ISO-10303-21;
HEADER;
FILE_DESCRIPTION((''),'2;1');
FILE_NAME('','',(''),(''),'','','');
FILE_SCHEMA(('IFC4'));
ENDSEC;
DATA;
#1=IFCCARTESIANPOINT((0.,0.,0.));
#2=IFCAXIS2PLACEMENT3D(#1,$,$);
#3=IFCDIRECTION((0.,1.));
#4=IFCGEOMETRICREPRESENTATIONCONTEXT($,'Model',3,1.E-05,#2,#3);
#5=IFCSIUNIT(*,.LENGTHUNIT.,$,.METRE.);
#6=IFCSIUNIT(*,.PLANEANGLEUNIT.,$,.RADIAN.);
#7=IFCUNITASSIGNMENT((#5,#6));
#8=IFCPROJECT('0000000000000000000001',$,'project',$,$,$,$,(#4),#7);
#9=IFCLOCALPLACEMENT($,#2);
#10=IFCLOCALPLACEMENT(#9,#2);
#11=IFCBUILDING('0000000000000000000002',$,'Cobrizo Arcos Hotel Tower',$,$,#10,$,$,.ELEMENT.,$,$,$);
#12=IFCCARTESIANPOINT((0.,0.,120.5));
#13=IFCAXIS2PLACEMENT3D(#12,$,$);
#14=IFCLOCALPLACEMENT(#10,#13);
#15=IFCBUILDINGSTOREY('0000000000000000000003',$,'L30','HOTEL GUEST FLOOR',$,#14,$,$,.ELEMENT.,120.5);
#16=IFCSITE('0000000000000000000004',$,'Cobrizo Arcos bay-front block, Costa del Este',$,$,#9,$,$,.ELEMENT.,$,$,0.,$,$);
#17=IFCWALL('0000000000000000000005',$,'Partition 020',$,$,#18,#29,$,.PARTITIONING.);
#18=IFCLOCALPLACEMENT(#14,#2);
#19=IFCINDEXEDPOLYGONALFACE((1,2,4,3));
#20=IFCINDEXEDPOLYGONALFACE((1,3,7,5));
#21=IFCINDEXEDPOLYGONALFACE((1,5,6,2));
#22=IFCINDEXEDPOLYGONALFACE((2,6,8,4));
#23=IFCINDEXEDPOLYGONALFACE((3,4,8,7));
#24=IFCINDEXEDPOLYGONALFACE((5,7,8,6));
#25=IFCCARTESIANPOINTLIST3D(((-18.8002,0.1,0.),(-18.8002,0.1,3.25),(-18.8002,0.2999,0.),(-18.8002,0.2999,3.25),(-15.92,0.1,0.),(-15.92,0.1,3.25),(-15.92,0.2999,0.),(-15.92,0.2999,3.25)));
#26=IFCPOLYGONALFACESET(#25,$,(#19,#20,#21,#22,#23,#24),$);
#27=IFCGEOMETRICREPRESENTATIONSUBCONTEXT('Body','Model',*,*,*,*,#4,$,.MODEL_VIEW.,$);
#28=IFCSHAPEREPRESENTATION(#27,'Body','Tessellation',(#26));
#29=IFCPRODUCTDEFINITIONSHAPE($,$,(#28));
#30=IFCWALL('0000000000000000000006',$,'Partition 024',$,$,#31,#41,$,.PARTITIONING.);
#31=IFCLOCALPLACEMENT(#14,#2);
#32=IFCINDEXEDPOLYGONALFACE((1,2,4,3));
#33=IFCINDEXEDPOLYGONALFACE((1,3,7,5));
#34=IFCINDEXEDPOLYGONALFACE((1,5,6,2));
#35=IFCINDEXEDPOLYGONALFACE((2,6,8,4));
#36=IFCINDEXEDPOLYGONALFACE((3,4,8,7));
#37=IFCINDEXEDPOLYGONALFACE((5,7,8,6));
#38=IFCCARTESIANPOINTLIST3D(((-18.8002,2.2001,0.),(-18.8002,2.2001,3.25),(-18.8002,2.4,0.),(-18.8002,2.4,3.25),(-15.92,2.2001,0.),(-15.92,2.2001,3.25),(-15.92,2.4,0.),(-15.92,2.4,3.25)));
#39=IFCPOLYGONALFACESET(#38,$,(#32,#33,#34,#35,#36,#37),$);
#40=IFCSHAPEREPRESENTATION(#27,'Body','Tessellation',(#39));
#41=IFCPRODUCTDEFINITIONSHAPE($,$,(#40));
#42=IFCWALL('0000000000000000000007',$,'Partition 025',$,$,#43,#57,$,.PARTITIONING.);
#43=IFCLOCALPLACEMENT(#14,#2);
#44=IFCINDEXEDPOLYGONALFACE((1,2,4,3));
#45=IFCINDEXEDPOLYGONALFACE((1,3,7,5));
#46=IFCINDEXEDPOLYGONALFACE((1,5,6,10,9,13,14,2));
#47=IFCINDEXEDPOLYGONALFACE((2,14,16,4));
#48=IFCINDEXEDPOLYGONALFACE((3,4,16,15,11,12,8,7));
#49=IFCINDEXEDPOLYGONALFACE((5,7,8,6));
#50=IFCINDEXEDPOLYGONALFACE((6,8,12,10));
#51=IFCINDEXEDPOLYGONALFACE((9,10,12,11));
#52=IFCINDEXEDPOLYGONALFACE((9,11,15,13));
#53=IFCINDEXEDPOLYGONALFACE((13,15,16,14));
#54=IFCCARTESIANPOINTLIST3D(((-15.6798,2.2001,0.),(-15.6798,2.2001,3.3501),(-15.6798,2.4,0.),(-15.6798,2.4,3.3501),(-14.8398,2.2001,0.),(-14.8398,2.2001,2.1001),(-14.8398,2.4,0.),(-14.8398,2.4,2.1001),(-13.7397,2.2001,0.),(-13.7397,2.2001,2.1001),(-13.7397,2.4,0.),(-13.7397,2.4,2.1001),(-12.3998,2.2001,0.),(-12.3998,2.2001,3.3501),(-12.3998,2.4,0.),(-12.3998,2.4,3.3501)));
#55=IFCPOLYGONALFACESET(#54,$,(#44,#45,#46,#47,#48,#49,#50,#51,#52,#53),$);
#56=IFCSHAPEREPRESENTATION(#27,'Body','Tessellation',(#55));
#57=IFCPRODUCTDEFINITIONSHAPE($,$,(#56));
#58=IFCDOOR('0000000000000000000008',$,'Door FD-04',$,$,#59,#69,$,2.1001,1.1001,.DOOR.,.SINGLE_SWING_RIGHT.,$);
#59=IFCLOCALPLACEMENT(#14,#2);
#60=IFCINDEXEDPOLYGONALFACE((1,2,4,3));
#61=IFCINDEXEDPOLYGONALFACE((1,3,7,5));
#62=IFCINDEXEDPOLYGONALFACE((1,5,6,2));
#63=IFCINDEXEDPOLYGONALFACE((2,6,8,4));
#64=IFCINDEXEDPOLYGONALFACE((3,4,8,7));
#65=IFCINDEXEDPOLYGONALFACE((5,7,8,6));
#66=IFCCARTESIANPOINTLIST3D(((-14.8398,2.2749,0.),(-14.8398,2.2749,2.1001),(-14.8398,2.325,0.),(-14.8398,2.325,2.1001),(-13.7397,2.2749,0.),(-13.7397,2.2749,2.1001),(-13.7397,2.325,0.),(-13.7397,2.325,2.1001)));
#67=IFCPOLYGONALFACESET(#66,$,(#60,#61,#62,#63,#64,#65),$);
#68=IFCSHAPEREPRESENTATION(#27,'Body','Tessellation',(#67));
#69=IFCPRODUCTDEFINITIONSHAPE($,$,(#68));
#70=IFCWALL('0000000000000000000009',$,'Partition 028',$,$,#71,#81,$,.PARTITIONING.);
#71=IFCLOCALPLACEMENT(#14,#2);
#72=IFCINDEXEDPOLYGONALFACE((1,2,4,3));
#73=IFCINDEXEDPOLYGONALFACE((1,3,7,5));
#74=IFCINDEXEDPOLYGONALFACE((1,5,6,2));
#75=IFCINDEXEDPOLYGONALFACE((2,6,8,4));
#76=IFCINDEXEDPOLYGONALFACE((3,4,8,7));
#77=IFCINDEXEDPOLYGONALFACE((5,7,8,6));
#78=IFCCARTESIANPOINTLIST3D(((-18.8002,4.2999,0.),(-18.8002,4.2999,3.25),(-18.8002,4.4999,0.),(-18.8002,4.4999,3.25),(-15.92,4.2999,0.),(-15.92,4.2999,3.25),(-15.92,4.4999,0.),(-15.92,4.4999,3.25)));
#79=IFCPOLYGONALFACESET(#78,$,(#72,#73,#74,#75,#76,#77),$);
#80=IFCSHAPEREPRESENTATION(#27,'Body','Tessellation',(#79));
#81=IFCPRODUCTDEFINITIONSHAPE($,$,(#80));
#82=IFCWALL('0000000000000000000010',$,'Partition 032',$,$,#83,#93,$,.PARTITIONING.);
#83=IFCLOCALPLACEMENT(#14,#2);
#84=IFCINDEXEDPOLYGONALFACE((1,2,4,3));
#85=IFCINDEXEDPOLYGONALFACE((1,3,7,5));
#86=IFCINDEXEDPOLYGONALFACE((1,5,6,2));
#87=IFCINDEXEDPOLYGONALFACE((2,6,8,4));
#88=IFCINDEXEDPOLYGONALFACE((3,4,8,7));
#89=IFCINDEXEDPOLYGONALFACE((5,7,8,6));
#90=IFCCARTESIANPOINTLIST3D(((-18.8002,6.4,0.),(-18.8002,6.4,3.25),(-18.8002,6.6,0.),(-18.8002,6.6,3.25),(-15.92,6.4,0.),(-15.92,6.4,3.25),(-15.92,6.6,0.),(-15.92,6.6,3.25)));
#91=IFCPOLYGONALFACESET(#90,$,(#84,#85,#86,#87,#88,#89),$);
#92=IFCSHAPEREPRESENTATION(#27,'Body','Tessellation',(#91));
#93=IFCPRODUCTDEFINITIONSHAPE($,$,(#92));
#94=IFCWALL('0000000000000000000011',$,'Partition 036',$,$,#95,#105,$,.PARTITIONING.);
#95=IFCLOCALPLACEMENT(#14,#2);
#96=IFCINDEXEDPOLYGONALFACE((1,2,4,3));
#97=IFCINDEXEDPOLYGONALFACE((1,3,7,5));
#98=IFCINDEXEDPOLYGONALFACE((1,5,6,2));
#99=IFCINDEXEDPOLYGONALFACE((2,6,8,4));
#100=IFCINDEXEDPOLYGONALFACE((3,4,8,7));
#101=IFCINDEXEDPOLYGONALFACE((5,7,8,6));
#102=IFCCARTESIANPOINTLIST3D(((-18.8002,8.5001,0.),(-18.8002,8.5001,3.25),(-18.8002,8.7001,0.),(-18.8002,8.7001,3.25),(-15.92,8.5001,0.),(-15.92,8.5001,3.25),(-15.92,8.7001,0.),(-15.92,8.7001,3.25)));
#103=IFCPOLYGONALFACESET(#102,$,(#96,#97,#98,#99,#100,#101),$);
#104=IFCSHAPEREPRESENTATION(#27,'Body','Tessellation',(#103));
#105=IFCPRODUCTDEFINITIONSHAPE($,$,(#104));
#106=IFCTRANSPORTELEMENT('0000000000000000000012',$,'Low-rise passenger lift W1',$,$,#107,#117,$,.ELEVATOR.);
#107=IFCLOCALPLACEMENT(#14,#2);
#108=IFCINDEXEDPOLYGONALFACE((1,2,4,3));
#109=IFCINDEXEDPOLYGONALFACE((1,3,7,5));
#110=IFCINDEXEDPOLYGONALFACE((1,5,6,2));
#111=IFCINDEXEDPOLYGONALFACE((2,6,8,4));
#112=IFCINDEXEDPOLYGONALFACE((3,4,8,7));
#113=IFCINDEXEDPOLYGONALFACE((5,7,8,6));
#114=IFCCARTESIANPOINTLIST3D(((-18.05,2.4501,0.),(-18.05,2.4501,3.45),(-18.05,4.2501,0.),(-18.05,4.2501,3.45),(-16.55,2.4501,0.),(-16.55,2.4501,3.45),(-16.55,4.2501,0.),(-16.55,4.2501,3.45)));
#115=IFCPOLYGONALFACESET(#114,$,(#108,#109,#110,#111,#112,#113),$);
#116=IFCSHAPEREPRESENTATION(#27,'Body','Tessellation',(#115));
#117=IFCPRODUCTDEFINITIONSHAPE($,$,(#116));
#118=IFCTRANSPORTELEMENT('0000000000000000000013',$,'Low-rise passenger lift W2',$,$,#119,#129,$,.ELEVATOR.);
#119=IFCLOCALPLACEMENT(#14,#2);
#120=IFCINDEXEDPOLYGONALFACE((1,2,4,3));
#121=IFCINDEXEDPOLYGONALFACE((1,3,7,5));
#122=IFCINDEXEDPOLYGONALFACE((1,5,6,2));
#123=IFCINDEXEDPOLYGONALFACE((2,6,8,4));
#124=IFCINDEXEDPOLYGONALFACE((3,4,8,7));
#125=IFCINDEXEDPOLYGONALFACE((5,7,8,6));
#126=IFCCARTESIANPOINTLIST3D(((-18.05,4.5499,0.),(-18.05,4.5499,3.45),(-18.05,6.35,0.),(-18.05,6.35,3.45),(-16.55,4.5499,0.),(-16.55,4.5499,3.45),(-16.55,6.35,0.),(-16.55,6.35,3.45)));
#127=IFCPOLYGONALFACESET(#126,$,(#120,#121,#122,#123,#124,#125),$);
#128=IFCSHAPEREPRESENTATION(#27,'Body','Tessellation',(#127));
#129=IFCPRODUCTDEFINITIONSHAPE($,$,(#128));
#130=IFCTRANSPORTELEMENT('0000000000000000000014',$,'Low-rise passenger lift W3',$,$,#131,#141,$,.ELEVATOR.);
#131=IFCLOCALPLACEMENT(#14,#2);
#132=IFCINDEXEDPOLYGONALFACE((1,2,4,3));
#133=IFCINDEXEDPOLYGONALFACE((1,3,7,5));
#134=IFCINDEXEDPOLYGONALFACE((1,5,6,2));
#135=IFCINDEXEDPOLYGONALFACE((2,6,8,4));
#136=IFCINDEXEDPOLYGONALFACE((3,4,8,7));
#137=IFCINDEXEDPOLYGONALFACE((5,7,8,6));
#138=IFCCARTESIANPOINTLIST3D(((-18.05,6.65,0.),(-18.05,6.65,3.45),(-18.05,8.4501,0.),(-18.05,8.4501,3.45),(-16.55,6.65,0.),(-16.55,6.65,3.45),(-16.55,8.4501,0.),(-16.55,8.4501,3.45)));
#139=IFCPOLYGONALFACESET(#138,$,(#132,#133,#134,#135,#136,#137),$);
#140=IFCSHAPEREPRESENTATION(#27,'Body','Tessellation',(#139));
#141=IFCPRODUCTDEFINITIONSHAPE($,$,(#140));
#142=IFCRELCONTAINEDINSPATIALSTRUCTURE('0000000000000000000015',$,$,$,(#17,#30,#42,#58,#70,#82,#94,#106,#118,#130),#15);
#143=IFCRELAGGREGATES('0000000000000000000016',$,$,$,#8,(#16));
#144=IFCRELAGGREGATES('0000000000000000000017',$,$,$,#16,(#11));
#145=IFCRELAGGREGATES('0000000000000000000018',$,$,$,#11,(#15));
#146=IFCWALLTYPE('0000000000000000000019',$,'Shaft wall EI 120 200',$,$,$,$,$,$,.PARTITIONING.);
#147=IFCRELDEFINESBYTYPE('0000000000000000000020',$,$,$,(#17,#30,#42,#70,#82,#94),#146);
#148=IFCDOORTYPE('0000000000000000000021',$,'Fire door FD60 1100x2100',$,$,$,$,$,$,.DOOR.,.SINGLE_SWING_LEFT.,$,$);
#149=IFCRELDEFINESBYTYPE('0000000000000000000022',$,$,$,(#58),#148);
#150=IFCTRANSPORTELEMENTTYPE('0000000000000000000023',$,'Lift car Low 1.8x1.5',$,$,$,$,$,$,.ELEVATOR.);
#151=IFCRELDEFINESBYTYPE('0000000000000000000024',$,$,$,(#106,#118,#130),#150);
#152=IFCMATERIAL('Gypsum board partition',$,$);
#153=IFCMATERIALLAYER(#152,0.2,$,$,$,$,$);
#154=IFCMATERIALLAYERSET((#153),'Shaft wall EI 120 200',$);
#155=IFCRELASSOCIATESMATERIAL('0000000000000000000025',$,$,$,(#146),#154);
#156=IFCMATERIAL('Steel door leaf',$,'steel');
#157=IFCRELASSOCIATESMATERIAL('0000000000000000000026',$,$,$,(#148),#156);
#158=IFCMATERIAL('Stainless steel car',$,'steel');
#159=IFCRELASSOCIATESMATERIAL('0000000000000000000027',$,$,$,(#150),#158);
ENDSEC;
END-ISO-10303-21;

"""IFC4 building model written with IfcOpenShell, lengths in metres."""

from ifc_helpers import new_model, si_unit, direction, frame, frame_2d, origin, origin_2d, place, context, subcontext, project, spatial, rectangle, extrude, material, layer, layer_set, type_object, element, fill, save


model = new_model("IFC4")

# Units and contexts
model_context = context("Model", 3, precision=1e-05, world=origin(), true_north=direction((0.0, 1.0)))
body_context = subcontext(model_context, "Body", "Model", "MODEL_VIEW")
ifc_project = project(units=[si_unit("LENGTHUNIT", "METRE"), si_unit("PLANEANGLEUNIT", "RADIAN")], contexts=[model_context])

# Site, building, storey
site_placement = place(None, origin())
site = spatial("IfcSite", under=ifc_project, at=site_placement, Name="Cobrizo Arcos bay-front block, Costa del Este", CompositionType="ELEMENT", RefElevation=0.0)
building_placement = place(site_placement, origin())
building = spatial("IfcBuilding", under=site, at=building_placement, Name="Cobrizo Arcos Hotel Tower", CompositionType="ELEMENT")
storey_placement = place(building_placement, frame((0.0, 0.0, 120.5)))
storey = spatial("IfcBuildingStorey", under=building, at=storey_placement, Name="L30", Description="HOTEL GUEST FLOOR", CompositionType="ELEMENT", Elevation=120.5)

# Shared definitions
ifc_material_1 = material(Name="Gypsum board partition")

# Walls
ifc_layer_1 = layer(ifc_material_1, 0.2)
ifc_layer_set_1 = layer_set([ifc_layer_1], Name="Shaft wall EI 120 200")
wall_type_1 = type_object("IfcWallType", Name="Shaft wall EI 120 200", PredefinedType="PARTITIONING", material=ifc_layer_set_1)
for number, where, z_axis, x_axis, name in (
    (1, (-18.8, 0.2, 0.0), (0.0, 0.0, 1.0), (1.0, 0.0, 0.0), "Partition 020"),
    (2, (-18.8, 2.3, 0.0), (0.0, 0.0, 1.0), (1.0, 0.0, 0.0), "Partition 024"),
):
    element("IfcWall", number, at=place(storey_placement, frame(where, z_axis=z_axis, x_axis=x_axis)), inside=storey, type_object=wall_type_1, Name=name, PredefinedType="PARTITIONING", context=body_context, shape_type="SweptSolid", body=[
        extrude(rectangle(XDim=2.8801, YDim=0.2, at=frame_2d((1.4399, 0.0))), origin(), (0.0, 0.0, 1.0), 3.25),
    ])

# Wall, opening, door
wall_1_placement = place(storey_placement, frame((-15.6799, 2.3, 0.0), z_axis=(0.0, 0.0, 1.0), x_axis=(1.0, 0.0, 0.0)))
wall_1 = element("IfcWall", 3, at=wall_1_placement, inside=storey, type_object=wall_type_1, Name="Partition 025", PredefinedType="PARTITIONING", context=body_context, shape_type="SweptSolid", body=[
    extrude(rectangle(XDim=3.28, YDim=0.2, at=frame_2d((1.6401, 0.0))), origin(), (0.0, 0.0, 1.0), 3.3501),
])
opening_1_placement = place(wall_1_placement, frame((0.8401, 0.0, 0.0)))
opening_1 = element("IfcOpeningElement", 4, at=opening_1_placement, cuts=wall_1, PredefinedType="OPENING", context=body_context, shape_type="SweptSolid", body=[
    extrude(rectangle(XDim=1.1001, YDim=2.1001, at=frame_2d((0.55, 1.05))), frame((0.0, 0.1121, 0.0), z_axis=(0.0, -1.0, 0.0), x_axis=(1.0, 0.0, 0.0)), (0.0, 0.0, 1.0), 0.2239),
])
ifc_material_2 = material(Name="Steel door leaf", Category="steel")
door_type_1 = type_object("IfcDoorType", Name="Fire door FD60 1100x2100", OperationType="SINGLE_SWING_LEFT", PredefinedType="DOOR", material=ifc_material_2)
door_1_placement = place(opening_1_placement, origin())
door_1 = element("IfcDoor", 5, at=door_1_placement, inside=storey, type_object=door_type_1, Name="Door FD-04", OperationType="SINGLE_SWING_RIGHT", OverallHeight=2.1001, OverallWidth=1.1001, PredefinedType="DOOR", context=body_context, shape_type="SweptSolid", body=[
    extrude(rectangle(XDim=1.1001, YDim=2.1001, at=frame_2d((0.55, 1.05))), frame((0.0, 0.0249, 0.0), z_axis=(0.0, -1.0, 0.0), x_axis=(1.0, 0.0, 0.0)), (0.0, 0.0, 1.0), 0.05),
])
fill(opening_1, door_1)

# Walls
for number, where, z_axis, x_axis, name in (
    (6, (-18.8, 4.3999, 0.0), (0.0, 0.0, 1.0), (1.0, 0.0, 0.0), "Partition 028"),
    (7, (-18.8, 6.5, 0.0), (0.0, 0.0, 1.0), (1.0, 0.0, 0.0), "Partition 032"),
    (8, (-18.8, 8.6001, 0.0), (0.0, 0.0, 1.0), (1.0, 0.0, 0.0), "Partition 036"),
):
    element("IfcWall", number, at=place(storey_placement, frame(where, z_axis=z_axis, x_axis=x_axis)), inside=storey, type_object=wall_type_1, Name=name, PredefinedType="PARTITIONING", context=body_context, shape_type="SweptSolid", body=[
        extrude(rectangle(XDim=2.8801, YDim=0.2, at=frame_2d((1.4399, 0.0))), origin(), (0.0, 0.0, 1.0), 3.25),
    ])

# Transport elements
ifc_material_3 = material(Name="Stainless steel car", Category="steel")
transport_element_type = type_object("IfcTransportElementType", Name="Lift car Low 1.8x1.5", PredefinedType="ELEVATOR", material=ifc_material_3)
for number, where, z_axis, x_axis, name in (
    (9, (-17.3, 3.3501, 0.0), (0.0, 0.0, 1.0), (1.0, 0.0, 0.0), "Low-rise passenger lift W1"),
    (10, (-17.3, 5.45, 0.0), (0.0, 0.0, 1.0), (1.0, 0.0, 0.0), "Low-rise passenger lift W2"),
    (11, (-17.3, 7.55, 0.0), (0.0, 0.0, 1.0), (1.0, 0.0, 0.0), "Low-rise passenger lift W3"),
):
    element("IfcTransportElement", number, at=place(storey_placement, frame(where, z_axis=z_axis, x_axis=x_axis)), inside=storey, type_object=transport_element_type, Name=name, PredefinedType="ELEVATOR", context=body_context, shape_type="SweptSolid", body=[
        extrude(rectangle(XDim=1.5, YDim=1.8, at=origin_2d()), origin(), (0.0, 0.0, 1.0), 3.45),
    ])

save(model, "model.ifc")
